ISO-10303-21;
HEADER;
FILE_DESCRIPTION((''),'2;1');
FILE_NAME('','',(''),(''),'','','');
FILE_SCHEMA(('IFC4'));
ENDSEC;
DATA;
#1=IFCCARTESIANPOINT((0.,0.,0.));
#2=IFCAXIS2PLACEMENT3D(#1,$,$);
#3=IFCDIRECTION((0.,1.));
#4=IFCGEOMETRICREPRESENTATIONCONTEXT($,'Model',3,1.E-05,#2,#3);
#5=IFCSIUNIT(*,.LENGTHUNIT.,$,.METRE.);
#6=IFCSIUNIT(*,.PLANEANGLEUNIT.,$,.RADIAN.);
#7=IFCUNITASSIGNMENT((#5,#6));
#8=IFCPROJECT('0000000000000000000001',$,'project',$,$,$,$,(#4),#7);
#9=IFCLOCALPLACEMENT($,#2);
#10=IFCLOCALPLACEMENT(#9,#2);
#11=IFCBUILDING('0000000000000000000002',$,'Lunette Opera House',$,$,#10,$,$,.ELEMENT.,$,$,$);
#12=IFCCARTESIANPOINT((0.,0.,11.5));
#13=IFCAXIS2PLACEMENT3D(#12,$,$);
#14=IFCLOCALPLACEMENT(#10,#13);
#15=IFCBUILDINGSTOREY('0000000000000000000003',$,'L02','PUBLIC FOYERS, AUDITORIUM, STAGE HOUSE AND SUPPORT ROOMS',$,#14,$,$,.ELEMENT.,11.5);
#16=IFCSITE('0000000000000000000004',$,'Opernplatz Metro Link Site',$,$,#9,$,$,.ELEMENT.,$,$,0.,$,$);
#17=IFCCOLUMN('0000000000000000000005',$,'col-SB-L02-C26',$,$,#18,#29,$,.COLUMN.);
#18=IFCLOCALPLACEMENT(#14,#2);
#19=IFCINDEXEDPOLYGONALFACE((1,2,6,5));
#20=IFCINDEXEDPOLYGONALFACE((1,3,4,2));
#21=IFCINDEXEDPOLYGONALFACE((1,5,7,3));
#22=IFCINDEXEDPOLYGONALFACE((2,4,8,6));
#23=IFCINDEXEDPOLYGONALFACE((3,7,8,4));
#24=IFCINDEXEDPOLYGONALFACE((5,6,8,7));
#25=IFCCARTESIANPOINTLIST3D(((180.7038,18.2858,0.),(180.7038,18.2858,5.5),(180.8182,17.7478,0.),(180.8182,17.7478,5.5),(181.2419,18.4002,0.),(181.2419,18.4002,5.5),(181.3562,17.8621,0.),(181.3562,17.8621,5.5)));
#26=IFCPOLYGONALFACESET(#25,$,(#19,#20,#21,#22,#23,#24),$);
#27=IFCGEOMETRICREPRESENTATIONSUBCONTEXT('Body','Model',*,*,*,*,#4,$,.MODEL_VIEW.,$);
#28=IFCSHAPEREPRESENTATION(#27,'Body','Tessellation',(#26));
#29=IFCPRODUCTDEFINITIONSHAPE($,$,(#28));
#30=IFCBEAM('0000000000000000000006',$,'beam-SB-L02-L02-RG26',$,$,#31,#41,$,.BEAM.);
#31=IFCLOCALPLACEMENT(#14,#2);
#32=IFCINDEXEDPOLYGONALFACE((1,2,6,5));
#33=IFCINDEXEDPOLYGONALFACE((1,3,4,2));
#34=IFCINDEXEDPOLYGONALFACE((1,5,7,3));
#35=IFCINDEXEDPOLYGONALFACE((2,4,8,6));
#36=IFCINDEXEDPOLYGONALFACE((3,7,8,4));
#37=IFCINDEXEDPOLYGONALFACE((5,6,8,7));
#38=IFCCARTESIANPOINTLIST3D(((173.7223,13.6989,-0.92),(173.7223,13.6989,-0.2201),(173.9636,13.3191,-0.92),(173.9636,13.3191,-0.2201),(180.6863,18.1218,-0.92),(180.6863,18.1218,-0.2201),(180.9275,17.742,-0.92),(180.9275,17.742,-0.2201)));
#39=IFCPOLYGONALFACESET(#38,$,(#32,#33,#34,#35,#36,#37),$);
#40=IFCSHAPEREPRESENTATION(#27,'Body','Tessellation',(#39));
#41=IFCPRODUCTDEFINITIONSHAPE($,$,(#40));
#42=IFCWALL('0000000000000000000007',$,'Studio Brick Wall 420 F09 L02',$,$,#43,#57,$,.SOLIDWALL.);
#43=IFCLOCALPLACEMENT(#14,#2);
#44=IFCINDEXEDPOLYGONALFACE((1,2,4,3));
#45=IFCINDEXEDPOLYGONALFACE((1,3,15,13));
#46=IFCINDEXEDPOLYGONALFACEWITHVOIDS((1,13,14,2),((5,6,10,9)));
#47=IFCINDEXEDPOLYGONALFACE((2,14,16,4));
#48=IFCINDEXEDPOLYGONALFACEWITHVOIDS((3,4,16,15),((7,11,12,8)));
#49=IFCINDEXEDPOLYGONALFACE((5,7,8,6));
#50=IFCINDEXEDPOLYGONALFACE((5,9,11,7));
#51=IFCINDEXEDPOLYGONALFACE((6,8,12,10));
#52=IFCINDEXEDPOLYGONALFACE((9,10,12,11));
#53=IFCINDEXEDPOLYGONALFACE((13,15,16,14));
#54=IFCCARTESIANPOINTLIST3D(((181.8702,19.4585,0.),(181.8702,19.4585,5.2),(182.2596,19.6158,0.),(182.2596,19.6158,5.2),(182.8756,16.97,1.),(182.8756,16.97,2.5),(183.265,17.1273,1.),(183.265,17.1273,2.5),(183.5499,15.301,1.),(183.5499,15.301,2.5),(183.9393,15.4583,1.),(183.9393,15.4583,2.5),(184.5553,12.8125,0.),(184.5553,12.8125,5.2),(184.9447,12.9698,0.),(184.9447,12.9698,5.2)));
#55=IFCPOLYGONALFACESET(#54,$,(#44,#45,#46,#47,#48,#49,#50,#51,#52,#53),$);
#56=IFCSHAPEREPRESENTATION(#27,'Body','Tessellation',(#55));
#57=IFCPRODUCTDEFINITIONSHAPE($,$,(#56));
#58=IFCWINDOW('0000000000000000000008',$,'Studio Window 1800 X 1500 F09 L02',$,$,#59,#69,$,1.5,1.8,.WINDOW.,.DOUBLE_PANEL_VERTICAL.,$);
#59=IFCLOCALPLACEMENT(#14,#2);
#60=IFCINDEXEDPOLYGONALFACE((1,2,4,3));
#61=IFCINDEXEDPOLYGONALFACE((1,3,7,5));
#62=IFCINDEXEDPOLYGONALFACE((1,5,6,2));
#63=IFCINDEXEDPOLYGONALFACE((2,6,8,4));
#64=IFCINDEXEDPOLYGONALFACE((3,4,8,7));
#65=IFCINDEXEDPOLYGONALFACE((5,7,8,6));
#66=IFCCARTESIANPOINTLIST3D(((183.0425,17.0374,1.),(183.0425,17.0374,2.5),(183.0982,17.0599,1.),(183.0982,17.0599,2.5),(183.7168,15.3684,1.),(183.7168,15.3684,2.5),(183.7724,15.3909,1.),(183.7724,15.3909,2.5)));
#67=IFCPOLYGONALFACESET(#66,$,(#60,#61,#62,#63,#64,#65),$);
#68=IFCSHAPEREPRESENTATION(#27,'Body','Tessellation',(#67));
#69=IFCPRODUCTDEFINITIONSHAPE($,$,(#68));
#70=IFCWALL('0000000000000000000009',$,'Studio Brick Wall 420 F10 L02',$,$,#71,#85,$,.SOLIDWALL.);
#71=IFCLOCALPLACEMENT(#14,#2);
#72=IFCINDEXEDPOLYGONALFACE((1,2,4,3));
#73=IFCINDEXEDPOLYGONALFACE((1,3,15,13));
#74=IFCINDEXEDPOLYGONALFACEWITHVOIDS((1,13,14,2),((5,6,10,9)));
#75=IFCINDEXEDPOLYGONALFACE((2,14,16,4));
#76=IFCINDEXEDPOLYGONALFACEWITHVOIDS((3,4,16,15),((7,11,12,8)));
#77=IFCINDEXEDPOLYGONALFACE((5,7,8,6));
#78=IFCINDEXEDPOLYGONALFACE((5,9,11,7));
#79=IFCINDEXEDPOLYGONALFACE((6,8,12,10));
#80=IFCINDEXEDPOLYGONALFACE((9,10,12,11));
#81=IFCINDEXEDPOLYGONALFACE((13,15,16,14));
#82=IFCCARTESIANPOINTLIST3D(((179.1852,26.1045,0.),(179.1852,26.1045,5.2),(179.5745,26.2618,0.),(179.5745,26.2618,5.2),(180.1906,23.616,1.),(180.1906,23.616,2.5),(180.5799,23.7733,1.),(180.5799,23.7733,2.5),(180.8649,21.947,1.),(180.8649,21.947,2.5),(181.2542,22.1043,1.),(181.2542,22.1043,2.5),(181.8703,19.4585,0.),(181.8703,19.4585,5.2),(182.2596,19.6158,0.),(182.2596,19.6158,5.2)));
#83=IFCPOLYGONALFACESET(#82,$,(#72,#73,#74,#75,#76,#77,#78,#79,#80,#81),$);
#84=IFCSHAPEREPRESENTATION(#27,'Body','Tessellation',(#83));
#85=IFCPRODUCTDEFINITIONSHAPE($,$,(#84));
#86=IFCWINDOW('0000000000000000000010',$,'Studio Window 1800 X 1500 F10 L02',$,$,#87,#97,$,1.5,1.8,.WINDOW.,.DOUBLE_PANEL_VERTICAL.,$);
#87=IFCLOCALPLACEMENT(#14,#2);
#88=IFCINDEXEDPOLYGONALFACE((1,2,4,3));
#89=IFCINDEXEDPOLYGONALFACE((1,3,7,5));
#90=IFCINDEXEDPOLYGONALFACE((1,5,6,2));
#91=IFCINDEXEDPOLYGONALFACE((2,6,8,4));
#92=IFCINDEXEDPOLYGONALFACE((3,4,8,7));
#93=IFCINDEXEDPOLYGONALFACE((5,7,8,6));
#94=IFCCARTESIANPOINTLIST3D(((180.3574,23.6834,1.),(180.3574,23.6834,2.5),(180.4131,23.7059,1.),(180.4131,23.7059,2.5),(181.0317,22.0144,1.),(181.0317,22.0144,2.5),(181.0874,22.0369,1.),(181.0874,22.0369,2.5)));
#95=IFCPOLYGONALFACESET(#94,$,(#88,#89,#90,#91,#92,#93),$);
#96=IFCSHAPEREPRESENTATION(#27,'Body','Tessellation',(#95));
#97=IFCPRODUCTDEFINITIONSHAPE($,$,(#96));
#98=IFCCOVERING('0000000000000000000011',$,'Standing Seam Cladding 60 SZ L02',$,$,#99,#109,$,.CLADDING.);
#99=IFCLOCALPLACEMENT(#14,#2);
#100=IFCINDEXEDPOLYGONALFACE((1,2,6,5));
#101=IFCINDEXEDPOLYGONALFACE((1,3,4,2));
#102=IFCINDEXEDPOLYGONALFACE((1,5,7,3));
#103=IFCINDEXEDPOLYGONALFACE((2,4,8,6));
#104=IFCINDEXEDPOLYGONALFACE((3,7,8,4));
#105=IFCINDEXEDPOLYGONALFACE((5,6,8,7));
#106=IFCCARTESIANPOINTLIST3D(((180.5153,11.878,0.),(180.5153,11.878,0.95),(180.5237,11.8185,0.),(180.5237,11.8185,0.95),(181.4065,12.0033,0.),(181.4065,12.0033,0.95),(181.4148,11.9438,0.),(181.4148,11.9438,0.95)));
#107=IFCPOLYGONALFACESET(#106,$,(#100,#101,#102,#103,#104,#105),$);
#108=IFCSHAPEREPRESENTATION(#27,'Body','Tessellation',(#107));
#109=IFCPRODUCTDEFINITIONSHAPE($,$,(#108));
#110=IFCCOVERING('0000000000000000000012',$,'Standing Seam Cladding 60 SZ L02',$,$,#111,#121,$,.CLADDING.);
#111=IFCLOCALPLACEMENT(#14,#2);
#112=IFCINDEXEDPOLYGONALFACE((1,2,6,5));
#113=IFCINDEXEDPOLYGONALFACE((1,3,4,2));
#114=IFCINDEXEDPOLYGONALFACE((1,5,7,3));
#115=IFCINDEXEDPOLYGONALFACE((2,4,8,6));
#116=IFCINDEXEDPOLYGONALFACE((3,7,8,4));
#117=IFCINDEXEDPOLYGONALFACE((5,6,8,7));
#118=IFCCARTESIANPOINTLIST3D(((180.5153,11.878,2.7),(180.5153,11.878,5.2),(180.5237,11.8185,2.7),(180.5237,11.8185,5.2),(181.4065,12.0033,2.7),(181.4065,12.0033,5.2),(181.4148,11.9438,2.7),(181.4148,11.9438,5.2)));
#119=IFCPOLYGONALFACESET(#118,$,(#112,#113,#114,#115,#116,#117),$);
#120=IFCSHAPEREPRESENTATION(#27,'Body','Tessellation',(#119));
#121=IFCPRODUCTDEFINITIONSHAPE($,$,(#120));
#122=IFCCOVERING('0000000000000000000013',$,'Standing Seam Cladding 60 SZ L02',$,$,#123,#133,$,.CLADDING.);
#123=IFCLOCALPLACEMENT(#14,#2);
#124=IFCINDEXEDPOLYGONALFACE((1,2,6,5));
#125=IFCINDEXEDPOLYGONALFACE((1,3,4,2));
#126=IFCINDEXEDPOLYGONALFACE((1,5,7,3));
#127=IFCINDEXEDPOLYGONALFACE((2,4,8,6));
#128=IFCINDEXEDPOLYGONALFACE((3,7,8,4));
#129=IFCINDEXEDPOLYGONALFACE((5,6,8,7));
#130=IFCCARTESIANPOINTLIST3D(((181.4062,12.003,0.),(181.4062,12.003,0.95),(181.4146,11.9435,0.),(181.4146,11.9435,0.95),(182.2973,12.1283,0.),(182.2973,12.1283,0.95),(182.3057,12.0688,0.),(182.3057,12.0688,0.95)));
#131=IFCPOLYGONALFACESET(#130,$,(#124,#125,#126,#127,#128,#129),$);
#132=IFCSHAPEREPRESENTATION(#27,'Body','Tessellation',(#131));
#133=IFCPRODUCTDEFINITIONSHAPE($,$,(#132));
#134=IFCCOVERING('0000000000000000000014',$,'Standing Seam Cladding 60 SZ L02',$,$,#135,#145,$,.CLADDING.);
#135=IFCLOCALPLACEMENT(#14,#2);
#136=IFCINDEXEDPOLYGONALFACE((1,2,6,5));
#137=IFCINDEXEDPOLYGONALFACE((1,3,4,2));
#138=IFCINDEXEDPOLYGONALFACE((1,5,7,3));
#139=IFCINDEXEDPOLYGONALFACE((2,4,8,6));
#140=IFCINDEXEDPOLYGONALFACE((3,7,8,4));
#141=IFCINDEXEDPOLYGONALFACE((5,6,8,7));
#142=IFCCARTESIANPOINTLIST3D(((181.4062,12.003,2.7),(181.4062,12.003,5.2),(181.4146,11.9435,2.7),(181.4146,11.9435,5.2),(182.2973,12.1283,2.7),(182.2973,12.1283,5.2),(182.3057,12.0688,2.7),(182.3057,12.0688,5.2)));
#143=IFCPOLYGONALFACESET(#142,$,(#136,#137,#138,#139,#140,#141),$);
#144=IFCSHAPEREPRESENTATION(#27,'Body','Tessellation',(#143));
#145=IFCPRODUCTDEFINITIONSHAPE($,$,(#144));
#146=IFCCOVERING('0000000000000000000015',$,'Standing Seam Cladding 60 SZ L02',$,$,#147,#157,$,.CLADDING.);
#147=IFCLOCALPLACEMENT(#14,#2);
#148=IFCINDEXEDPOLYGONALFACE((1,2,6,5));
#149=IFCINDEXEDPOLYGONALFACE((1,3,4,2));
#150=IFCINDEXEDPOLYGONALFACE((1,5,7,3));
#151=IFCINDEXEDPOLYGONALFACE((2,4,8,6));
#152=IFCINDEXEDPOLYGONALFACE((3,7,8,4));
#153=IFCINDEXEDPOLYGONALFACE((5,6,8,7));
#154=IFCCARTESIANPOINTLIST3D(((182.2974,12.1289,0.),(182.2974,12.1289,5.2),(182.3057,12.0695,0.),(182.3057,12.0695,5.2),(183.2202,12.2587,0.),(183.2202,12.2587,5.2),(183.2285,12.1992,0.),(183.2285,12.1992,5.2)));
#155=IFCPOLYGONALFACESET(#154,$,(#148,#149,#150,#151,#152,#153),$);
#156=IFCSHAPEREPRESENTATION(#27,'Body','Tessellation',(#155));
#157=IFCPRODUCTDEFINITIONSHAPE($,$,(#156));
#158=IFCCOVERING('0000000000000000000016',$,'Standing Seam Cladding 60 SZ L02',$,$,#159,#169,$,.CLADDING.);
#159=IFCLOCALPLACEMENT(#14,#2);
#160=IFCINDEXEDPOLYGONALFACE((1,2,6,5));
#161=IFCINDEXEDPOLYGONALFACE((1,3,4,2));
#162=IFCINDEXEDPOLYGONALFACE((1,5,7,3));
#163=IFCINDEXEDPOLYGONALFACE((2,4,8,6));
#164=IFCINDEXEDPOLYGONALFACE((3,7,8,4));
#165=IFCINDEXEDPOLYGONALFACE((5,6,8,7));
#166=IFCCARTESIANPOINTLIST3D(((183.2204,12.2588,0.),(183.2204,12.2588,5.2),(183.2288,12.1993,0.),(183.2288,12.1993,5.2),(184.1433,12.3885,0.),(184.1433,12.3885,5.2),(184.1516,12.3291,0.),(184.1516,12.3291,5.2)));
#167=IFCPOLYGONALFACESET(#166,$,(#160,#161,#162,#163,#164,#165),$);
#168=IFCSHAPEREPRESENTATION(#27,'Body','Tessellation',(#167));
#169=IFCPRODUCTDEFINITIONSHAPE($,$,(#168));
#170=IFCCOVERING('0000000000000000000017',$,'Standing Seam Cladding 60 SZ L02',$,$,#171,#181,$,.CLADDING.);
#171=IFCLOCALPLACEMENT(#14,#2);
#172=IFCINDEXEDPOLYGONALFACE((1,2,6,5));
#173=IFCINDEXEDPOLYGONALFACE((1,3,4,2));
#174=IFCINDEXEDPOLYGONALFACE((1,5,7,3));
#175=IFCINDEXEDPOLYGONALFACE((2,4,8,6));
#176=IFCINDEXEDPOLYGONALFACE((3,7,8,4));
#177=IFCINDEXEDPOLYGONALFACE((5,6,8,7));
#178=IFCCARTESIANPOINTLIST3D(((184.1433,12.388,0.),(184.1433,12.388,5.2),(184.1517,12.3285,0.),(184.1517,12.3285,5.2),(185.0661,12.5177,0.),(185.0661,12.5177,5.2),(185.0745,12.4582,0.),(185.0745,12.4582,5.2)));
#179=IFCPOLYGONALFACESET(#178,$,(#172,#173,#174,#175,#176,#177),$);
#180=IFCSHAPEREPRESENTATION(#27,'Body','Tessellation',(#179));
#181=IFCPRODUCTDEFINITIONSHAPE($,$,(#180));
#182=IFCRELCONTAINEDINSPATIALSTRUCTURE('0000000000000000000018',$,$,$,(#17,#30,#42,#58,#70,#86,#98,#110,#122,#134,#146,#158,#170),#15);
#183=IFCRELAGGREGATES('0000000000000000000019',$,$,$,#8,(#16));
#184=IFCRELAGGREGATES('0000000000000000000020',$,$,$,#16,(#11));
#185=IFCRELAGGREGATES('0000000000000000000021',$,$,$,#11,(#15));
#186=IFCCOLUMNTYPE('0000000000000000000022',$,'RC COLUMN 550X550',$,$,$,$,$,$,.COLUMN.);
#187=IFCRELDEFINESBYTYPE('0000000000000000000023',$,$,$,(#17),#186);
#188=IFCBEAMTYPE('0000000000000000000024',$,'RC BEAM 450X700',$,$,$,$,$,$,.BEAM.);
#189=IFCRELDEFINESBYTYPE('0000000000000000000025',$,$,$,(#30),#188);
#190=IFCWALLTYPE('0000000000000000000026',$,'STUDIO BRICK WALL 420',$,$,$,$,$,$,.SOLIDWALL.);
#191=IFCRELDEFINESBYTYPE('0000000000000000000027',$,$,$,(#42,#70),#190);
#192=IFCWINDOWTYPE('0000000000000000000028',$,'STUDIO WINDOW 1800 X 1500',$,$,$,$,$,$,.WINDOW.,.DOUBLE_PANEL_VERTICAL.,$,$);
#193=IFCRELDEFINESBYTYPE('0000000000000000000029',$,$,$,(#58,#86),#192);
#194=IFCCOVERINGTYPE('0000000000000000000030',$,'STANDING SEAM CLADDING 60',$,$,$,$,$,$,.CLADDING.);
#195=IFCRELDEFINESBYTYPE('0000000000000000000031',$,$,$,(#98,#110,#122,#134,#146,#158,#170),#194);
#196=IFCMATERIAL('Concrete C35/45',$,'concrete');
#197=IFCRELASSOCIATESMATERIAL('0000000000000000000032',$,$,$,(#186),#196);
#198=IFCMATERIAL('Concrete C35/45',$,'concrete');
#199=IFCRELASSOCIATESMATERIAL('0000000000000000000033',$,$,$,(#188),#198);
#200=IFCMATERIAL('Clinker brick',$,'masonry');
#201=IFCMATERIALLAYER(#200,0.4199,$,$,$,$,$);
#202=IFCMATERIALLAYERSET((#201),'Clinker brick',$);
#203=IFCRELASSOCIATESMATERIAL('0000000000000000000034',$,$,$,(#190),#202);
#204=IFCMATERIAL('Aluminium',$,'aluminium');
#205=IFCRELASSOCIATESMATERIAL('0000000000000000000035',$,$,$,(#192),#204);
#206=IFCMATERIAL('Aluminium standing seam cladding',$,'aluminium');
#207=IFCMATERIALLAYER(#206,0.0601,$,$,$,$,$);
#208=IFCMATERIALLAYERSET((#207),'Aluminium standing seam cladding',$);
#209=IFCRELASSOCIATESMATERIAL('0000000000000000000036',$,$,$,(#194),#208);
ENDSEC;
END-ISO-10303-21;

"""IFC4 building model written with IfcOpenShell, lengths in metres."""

from ifc_helpers import new_model, si_unit, direction, frame, frame_2d, origin, origin_2d, place, context, subcontext, project, spatial, rectangle, extrude, material, layer, layer_set, material_profile, profile_set, type_object, element, fill, save


model = new_model("IFC4")

# Units and contexts
model_context = context("Model", 3, precision=1e-05, world=origin(), true_north=direction((0.0, 1.0)))
body_context = subcontext(model_context, "Body", "Model", "MODEL_VIEW")
ifc_project = project(units=[si_unit("LENGTHUNIT", "METRE"), si_unit("PLANEANGLEUNIT", "RADIAN")], contexts=[model_context])

# Site, building, storey
site_placement = place(None, origin())
site = spatial("IfcSite", under=ifc_project, at=site_placement, Name="Opernplatz Metro Link Site", CompositionType="ELEMENT", RefElevation=0.0)
building_placement = place(site_placement, origin())
building = spatial("IfcBuilding", under=site, at=building_placement, Name="Lunette Opera House", CompositionType="ELEMENT")
storey_placement = place(building_placement, frame((0.0, 0.0, 11.5)))
storey = spatial("IfcBuildingStorey", under=building, at=storey_placement, Name="L02", Description="PUBLIC FOYERS, AUDITORIUM, STAGE HOUSE AND SUPPORT ROOMS", CompositionType="ELEMENT", Elevation=11.5)

# Column
ifc_material_1 = material(Name="Concrete C35/45", Category="concrete")
ifc_material_profile_1 = material_profile(ifc_material_1, rectangle(XDim=0.55, YDim=0.55, at=origin_2d()), Name="RC COLUMN 550X550")
ifc_profile_set_1 = profile_set([ifc_material_profile_1], Name="Concrete C35/45")
column_type = type_object("IfcColumnType", Name="RC COLUMN 550X550", PredefinedType="COLUMN", material=ifc_profile_set_1)
column_placement = place(storey_placement, frame((181.03, 18.074, 0.0), z_axis=(0.0, 0.0, 1.0), x_axis=(0.207912, -0.978148, 0.0)))
element("IfcColumn", 1, at=column_placement, inside=storey, type_object=column_type, Name="col-SB-L02-C26", PredefinedType="COLUMN", context=body_context, shape_type="SweptSolid", body=[
    extrude(rectangle(XDim=0.55, YDim=0.55, at=origin_2d()), origin(), (0.0, 0.0, 1.0), 5.5),
])

# Beam
ifc_material_2 = material(Name="Concrete C35/45", Category="concrete")
ifc_material_profile_2 = material_profile(ifc_material_2, rectangle(XDim=0.45, YDim=0.7, at=origin_2d()), Name="RC BEAM 450X700")
ifc_profile_set_2 = profile_set([ifc_material_profile_2], Name="Concrete C35/45")
beam_type = type_object("IfcBeamType", Name="RC BEAM 450X700", PredefinedType="BEAM", material=ifc_profile_set_2)
beam_placement = place(storey_placement, frame((180.8069, 17.9319, -0.5701), z_axis=(-0.844139, -0.536125, 0.0), x_axis=(0.536125, -0.844139, 0.0)))
element("IfcBeam", 2, at=beam_placement, inside=storey, type_object=beam_type, Name="beam-SB-L02-L02-RG26", PredefinedType="BEAM", context=body_context, shape_type="SweptSolid", body=[
    extrude(rectangle(XDim=0.45, YDim=0.7, at=origin_2d()), origin(), (0.0, 0.0, 1.0), 8.2498),
])

# Walls, openings, windows
ifc_material_3 = material(Name="Clinker brick", Category="masonry")
ifc_layer_1 = layer(ifc_material_3, 0.4199)
ifc_layer_set_1 = layer_set([ifc_layer_1], Name="Clinker brick")
wall_type = type_object("IfcWallType", Name="STUDIO BRICK WALL 420", PredefinedType="SOLIDWALL", material=ifc_layer_set_1)
wall_1_placement = place(storey_placement, frame((184.75, 12.8911, 0.0), z_axis=(0.0, 0.0, 1.0), x_axis=(-0.374595, 0.927189, 0.0)))
wall_1 = element("IfcWall", 3, at=wall_1_placement, inside=storey, type_object=wall_type, Name="Studio Brick Wall 420 F09 L02", PredefinedType="SOLIDWALL", context=body_context, shape_type="SweptSolid", body=[
    extrude(rectangle(XDim=7.168, YDim=0.4199, at=frame_2d((3.584, 0.0))), origin(), (0.0, 0.0, 1.0), 5.2),
])
opening_1_placement = place(wall_1_placement, frame((2.6841, 0.0, 1.0)))
opening_1 = element("IfcOpeningElement", 4, at=opening_1_placement, cuts=wall_1, PredefinedType="OPENING", context=body_context, shape_type="SweptSolid", body=[
    extrude(rectangle(XDim=1.8, YDim=1.5, at=frame_2d((0.8999, 0.75))), frame((0.0, 0.2219, 0.0), z_axis=(0.0, -1.0, 0.0), x_axis=(1.0, 0.0, 0.0)), (0.0, 0.0, 1.0), 0.4438),
])
ifc_material_4 = material(Name="Aluminium", Category="aluminium")
window_type = type_object("IfcWindowType", Name="STUDIO WINDOW 1800 X 1500", PartitioningType="DOUBLE_PANEL_VERTICAL", PredefinedType="WINDOW", material=ifc_material_4)
window_1_placement = place(opening_1_placement, origin())
window_1 = element("IfcWindow", 5, at=window_1_placement, inside=storey, type_object=window_type, Name="Studio Window 1800 X 1500 F09 L02", OverallHeight=1.5, OverallWidth=1.8, PartitioningType="DOUBLE_PANEL_VERTICAL", PredefinedType="WINDOW", context=body_context, shape_type="SweptSolid", body=[
    extrude(rectangle(XDim=1.8, YDim=1.5, at=frame_2d((0.8999, 0.75))), frame((0.0, 0.03, 0.0), z_axis=(0.0, -1.0, 0.0), x_axis=(1.0, 0.0, 0.0)), (0.0, 0.0, 1.0), 0.0601),
])
fill(opening_1, window_1)
wall_2_placement = place(storey_placement, frame((182.0649, 19.5371, 0.0), z_axis=(0.0, 0.0, 1.0), x_axis=(-0.374595, 0.927189, 0.0)))
wall_2 = element("IfcWall", 6, at=wall_2_placement, inside=storey, type_object=wall_type, Name="Studio Brick Wall 420 F10 L02", PredefinedType="SOLIDWALL", context=body_context, shape_type="SweptSolid", body=[
    extrude(rectangle(XDim=7.168, YDim=0.4199, at=frame_2d((3.584, 0.0))), origin(), (0.0, 0.0, 1.0), 5.2),
])
opening_2_placement = place(wall_2_placement, frame((2.6841, 0.0, 1.0)))
opening_2 = element("IfcOpeningElement", 7, at=opening_2_placement, cuts=wall_2, PredefinedType="OPENING", context=body_context, shape_type="SweptSolid", body=[
    extrude(rectangle(XDim=1.8, YDim=1.5, at=frame_2d((0.8999, 0.75))), frame((0.0, 0.2219, 0.0), z_axis=(0.0, -1.0, 0.0), x_axis=(1.0, 0.0, 0.0)), (0.0, 0.0, 1.0), 0.4438),
])
window_2_placement = place(opening_2_placement, origin())
window_2 = element("IfcWindow", 8, at=window_2_placement, inside=storey, type_object=window_type, Name="Studio Window 1800 X 1500 F10 L02", OverallHeight=1.5, OverallWidth=1.8, PartitioningType="DOUBLE_PANEL_VERTICAL", PredefinedType="WINDOW", context=body_context, shape_type="SweptSolid", body=[
    extrude(rectangle(XDim=1.8, YDim=1.5, at=frame_2d((0.8999, 0.75))), frame((0.0, 0.03, 0.0), z_axis=(0.0, -1.0, 0.0), x_axis=(1.0, 0.0, 0.0)), (0.0, 0.0, 1.0), 0.0601),
])
fill(opening_2, window_2)

# Coverings
ifc_material_5 = material(Name="Aluminium standing seam cladding", Category="aluminium")
ifc_layer_2 = layer(ifc_material_5, 0.0601)
ifc_layer_set_2 = layer_set([ifc_layer_2], Name="Aluminium standing seam cladding")
covering_type = type_object("IfcCoveringType", Name="STANDING SEAM CLADDING 60", PredefinedType="CLADDING", material=ifc_layer_set_2)
covering_1_placement = place(storey_placement, frame((180.9651, 11.9109, 0.0), z_axis=(0.0, 0.0, 1.0), x_axis=(0.990263, 0.139206, 0.0)))
element("IfcCovering", 9, at=covering_1_placement, inside=storey, type_object=covering_type, Name="Standing Seam Cladding 60 SZ L02", PredefinedType="CLADDING", context=body_context, shape_type="SweptSolid", body=[
    extrude(rectangle(XDim=0.8999, YDim=0.0601, at=origin_2d()), origin(), (0.0, 0.0, 1.0), 0.95),
])
covering_2_placement = place(storey_placement, frame((180.9651, 11.9109, 2.7), z_axis=(0.0, 0.0, 1.0), x_axis=(0.990263, 0.139206, 0.0)))
element("IfcCovering", 10, at=covering_2_placement, inside=storey, type_object=covering_type, Name="Standing Seam Cladding 60 SZ L02", PredefinedType="CLADDING", context=body_context, shape_type="SweptSolid", body=[
    extrude(rectangle(XDim=0.8999, YDim=0.0601, at=origin_2d()), origin(), (0.0, 0.0, 1.0), 2.5),
])
covering_3_placement = place(storey_placement, frame((181.856, 12.0359, 0.0), z_axis=(0.0, 0.0, 1.0), x_axis=(0.990263, 0.139206, 0.0)))
element("IfcCovering", 11, at=covering_3_placement, inside=storey, type_object=covering_type, Name="Standing Seam Cladding 60 SZ L02", PredefinedType="CLADDING", context=body_context, shape_type="SweptSolid", body=[
    extrude(rectangle(XDim=0.8999, YDim=0.0601, at=origin_2d()), origin(), (0.0, 0.0, 1.0), 0.95),
])
covering_4_placement = place(storey_placement, frame((181.856, 12.0359, 2.7), z_axis=(0.0, 0.0, 1.0), x_axis=(0.990263, 0.139206, 0.0)))
element("IfcCovering", 12, at=covering_4_placement, inside=storey, type_object=covering_type, Name="Standing Seam Cladding 60 SZ L02", PredefinedType="CLADDING", context=body_context, shape_type="SweptSolid", body=[
    extrude(rectangle(XDim=0.8999, YDim=0.0601, at=origin_2d()), origin(), (0.0, 0.0, 1.0), 2.5),
])
for number, where, z_axis, x_axis, name in (
    (13, (182.7629, 12.1641, 0.0), (0.0, 0.0, 1.0), (0.990263, 0.139206, 0.0), "Standing Seam Cladding 60 SZ L02"),
    (14, (183.686, 12.2939, 0.0), (0.0, 0.0, 1.0), (0.990263, 0.139206, 0.0), "Standing Seam Cladding 60 SZ L02"),
    (15, (184.6089, 12.4231, 0.0), (0.0, 0.0, 1.0), (0.990263, 0.139206, 0.0), "Standing Seam Cladding 60 SZ L02"),
):
    element("IfcCovering", number, at=place(storey_placement, frame(where, z_axis=z_axis, x_axis=x_axis)), inside=storey, type_object=covering_type, Name=name, PredefinedType="CLADDING", context=body_context, shape_type="SweptSolid", body=[
        extrude(rectangle(XDim=0.9319, YDim=0.0601, at=origin_2d()), origin(), (0.0, 0.0, 1.0), 5.2),
    ])

save(model, "model.ifc")
